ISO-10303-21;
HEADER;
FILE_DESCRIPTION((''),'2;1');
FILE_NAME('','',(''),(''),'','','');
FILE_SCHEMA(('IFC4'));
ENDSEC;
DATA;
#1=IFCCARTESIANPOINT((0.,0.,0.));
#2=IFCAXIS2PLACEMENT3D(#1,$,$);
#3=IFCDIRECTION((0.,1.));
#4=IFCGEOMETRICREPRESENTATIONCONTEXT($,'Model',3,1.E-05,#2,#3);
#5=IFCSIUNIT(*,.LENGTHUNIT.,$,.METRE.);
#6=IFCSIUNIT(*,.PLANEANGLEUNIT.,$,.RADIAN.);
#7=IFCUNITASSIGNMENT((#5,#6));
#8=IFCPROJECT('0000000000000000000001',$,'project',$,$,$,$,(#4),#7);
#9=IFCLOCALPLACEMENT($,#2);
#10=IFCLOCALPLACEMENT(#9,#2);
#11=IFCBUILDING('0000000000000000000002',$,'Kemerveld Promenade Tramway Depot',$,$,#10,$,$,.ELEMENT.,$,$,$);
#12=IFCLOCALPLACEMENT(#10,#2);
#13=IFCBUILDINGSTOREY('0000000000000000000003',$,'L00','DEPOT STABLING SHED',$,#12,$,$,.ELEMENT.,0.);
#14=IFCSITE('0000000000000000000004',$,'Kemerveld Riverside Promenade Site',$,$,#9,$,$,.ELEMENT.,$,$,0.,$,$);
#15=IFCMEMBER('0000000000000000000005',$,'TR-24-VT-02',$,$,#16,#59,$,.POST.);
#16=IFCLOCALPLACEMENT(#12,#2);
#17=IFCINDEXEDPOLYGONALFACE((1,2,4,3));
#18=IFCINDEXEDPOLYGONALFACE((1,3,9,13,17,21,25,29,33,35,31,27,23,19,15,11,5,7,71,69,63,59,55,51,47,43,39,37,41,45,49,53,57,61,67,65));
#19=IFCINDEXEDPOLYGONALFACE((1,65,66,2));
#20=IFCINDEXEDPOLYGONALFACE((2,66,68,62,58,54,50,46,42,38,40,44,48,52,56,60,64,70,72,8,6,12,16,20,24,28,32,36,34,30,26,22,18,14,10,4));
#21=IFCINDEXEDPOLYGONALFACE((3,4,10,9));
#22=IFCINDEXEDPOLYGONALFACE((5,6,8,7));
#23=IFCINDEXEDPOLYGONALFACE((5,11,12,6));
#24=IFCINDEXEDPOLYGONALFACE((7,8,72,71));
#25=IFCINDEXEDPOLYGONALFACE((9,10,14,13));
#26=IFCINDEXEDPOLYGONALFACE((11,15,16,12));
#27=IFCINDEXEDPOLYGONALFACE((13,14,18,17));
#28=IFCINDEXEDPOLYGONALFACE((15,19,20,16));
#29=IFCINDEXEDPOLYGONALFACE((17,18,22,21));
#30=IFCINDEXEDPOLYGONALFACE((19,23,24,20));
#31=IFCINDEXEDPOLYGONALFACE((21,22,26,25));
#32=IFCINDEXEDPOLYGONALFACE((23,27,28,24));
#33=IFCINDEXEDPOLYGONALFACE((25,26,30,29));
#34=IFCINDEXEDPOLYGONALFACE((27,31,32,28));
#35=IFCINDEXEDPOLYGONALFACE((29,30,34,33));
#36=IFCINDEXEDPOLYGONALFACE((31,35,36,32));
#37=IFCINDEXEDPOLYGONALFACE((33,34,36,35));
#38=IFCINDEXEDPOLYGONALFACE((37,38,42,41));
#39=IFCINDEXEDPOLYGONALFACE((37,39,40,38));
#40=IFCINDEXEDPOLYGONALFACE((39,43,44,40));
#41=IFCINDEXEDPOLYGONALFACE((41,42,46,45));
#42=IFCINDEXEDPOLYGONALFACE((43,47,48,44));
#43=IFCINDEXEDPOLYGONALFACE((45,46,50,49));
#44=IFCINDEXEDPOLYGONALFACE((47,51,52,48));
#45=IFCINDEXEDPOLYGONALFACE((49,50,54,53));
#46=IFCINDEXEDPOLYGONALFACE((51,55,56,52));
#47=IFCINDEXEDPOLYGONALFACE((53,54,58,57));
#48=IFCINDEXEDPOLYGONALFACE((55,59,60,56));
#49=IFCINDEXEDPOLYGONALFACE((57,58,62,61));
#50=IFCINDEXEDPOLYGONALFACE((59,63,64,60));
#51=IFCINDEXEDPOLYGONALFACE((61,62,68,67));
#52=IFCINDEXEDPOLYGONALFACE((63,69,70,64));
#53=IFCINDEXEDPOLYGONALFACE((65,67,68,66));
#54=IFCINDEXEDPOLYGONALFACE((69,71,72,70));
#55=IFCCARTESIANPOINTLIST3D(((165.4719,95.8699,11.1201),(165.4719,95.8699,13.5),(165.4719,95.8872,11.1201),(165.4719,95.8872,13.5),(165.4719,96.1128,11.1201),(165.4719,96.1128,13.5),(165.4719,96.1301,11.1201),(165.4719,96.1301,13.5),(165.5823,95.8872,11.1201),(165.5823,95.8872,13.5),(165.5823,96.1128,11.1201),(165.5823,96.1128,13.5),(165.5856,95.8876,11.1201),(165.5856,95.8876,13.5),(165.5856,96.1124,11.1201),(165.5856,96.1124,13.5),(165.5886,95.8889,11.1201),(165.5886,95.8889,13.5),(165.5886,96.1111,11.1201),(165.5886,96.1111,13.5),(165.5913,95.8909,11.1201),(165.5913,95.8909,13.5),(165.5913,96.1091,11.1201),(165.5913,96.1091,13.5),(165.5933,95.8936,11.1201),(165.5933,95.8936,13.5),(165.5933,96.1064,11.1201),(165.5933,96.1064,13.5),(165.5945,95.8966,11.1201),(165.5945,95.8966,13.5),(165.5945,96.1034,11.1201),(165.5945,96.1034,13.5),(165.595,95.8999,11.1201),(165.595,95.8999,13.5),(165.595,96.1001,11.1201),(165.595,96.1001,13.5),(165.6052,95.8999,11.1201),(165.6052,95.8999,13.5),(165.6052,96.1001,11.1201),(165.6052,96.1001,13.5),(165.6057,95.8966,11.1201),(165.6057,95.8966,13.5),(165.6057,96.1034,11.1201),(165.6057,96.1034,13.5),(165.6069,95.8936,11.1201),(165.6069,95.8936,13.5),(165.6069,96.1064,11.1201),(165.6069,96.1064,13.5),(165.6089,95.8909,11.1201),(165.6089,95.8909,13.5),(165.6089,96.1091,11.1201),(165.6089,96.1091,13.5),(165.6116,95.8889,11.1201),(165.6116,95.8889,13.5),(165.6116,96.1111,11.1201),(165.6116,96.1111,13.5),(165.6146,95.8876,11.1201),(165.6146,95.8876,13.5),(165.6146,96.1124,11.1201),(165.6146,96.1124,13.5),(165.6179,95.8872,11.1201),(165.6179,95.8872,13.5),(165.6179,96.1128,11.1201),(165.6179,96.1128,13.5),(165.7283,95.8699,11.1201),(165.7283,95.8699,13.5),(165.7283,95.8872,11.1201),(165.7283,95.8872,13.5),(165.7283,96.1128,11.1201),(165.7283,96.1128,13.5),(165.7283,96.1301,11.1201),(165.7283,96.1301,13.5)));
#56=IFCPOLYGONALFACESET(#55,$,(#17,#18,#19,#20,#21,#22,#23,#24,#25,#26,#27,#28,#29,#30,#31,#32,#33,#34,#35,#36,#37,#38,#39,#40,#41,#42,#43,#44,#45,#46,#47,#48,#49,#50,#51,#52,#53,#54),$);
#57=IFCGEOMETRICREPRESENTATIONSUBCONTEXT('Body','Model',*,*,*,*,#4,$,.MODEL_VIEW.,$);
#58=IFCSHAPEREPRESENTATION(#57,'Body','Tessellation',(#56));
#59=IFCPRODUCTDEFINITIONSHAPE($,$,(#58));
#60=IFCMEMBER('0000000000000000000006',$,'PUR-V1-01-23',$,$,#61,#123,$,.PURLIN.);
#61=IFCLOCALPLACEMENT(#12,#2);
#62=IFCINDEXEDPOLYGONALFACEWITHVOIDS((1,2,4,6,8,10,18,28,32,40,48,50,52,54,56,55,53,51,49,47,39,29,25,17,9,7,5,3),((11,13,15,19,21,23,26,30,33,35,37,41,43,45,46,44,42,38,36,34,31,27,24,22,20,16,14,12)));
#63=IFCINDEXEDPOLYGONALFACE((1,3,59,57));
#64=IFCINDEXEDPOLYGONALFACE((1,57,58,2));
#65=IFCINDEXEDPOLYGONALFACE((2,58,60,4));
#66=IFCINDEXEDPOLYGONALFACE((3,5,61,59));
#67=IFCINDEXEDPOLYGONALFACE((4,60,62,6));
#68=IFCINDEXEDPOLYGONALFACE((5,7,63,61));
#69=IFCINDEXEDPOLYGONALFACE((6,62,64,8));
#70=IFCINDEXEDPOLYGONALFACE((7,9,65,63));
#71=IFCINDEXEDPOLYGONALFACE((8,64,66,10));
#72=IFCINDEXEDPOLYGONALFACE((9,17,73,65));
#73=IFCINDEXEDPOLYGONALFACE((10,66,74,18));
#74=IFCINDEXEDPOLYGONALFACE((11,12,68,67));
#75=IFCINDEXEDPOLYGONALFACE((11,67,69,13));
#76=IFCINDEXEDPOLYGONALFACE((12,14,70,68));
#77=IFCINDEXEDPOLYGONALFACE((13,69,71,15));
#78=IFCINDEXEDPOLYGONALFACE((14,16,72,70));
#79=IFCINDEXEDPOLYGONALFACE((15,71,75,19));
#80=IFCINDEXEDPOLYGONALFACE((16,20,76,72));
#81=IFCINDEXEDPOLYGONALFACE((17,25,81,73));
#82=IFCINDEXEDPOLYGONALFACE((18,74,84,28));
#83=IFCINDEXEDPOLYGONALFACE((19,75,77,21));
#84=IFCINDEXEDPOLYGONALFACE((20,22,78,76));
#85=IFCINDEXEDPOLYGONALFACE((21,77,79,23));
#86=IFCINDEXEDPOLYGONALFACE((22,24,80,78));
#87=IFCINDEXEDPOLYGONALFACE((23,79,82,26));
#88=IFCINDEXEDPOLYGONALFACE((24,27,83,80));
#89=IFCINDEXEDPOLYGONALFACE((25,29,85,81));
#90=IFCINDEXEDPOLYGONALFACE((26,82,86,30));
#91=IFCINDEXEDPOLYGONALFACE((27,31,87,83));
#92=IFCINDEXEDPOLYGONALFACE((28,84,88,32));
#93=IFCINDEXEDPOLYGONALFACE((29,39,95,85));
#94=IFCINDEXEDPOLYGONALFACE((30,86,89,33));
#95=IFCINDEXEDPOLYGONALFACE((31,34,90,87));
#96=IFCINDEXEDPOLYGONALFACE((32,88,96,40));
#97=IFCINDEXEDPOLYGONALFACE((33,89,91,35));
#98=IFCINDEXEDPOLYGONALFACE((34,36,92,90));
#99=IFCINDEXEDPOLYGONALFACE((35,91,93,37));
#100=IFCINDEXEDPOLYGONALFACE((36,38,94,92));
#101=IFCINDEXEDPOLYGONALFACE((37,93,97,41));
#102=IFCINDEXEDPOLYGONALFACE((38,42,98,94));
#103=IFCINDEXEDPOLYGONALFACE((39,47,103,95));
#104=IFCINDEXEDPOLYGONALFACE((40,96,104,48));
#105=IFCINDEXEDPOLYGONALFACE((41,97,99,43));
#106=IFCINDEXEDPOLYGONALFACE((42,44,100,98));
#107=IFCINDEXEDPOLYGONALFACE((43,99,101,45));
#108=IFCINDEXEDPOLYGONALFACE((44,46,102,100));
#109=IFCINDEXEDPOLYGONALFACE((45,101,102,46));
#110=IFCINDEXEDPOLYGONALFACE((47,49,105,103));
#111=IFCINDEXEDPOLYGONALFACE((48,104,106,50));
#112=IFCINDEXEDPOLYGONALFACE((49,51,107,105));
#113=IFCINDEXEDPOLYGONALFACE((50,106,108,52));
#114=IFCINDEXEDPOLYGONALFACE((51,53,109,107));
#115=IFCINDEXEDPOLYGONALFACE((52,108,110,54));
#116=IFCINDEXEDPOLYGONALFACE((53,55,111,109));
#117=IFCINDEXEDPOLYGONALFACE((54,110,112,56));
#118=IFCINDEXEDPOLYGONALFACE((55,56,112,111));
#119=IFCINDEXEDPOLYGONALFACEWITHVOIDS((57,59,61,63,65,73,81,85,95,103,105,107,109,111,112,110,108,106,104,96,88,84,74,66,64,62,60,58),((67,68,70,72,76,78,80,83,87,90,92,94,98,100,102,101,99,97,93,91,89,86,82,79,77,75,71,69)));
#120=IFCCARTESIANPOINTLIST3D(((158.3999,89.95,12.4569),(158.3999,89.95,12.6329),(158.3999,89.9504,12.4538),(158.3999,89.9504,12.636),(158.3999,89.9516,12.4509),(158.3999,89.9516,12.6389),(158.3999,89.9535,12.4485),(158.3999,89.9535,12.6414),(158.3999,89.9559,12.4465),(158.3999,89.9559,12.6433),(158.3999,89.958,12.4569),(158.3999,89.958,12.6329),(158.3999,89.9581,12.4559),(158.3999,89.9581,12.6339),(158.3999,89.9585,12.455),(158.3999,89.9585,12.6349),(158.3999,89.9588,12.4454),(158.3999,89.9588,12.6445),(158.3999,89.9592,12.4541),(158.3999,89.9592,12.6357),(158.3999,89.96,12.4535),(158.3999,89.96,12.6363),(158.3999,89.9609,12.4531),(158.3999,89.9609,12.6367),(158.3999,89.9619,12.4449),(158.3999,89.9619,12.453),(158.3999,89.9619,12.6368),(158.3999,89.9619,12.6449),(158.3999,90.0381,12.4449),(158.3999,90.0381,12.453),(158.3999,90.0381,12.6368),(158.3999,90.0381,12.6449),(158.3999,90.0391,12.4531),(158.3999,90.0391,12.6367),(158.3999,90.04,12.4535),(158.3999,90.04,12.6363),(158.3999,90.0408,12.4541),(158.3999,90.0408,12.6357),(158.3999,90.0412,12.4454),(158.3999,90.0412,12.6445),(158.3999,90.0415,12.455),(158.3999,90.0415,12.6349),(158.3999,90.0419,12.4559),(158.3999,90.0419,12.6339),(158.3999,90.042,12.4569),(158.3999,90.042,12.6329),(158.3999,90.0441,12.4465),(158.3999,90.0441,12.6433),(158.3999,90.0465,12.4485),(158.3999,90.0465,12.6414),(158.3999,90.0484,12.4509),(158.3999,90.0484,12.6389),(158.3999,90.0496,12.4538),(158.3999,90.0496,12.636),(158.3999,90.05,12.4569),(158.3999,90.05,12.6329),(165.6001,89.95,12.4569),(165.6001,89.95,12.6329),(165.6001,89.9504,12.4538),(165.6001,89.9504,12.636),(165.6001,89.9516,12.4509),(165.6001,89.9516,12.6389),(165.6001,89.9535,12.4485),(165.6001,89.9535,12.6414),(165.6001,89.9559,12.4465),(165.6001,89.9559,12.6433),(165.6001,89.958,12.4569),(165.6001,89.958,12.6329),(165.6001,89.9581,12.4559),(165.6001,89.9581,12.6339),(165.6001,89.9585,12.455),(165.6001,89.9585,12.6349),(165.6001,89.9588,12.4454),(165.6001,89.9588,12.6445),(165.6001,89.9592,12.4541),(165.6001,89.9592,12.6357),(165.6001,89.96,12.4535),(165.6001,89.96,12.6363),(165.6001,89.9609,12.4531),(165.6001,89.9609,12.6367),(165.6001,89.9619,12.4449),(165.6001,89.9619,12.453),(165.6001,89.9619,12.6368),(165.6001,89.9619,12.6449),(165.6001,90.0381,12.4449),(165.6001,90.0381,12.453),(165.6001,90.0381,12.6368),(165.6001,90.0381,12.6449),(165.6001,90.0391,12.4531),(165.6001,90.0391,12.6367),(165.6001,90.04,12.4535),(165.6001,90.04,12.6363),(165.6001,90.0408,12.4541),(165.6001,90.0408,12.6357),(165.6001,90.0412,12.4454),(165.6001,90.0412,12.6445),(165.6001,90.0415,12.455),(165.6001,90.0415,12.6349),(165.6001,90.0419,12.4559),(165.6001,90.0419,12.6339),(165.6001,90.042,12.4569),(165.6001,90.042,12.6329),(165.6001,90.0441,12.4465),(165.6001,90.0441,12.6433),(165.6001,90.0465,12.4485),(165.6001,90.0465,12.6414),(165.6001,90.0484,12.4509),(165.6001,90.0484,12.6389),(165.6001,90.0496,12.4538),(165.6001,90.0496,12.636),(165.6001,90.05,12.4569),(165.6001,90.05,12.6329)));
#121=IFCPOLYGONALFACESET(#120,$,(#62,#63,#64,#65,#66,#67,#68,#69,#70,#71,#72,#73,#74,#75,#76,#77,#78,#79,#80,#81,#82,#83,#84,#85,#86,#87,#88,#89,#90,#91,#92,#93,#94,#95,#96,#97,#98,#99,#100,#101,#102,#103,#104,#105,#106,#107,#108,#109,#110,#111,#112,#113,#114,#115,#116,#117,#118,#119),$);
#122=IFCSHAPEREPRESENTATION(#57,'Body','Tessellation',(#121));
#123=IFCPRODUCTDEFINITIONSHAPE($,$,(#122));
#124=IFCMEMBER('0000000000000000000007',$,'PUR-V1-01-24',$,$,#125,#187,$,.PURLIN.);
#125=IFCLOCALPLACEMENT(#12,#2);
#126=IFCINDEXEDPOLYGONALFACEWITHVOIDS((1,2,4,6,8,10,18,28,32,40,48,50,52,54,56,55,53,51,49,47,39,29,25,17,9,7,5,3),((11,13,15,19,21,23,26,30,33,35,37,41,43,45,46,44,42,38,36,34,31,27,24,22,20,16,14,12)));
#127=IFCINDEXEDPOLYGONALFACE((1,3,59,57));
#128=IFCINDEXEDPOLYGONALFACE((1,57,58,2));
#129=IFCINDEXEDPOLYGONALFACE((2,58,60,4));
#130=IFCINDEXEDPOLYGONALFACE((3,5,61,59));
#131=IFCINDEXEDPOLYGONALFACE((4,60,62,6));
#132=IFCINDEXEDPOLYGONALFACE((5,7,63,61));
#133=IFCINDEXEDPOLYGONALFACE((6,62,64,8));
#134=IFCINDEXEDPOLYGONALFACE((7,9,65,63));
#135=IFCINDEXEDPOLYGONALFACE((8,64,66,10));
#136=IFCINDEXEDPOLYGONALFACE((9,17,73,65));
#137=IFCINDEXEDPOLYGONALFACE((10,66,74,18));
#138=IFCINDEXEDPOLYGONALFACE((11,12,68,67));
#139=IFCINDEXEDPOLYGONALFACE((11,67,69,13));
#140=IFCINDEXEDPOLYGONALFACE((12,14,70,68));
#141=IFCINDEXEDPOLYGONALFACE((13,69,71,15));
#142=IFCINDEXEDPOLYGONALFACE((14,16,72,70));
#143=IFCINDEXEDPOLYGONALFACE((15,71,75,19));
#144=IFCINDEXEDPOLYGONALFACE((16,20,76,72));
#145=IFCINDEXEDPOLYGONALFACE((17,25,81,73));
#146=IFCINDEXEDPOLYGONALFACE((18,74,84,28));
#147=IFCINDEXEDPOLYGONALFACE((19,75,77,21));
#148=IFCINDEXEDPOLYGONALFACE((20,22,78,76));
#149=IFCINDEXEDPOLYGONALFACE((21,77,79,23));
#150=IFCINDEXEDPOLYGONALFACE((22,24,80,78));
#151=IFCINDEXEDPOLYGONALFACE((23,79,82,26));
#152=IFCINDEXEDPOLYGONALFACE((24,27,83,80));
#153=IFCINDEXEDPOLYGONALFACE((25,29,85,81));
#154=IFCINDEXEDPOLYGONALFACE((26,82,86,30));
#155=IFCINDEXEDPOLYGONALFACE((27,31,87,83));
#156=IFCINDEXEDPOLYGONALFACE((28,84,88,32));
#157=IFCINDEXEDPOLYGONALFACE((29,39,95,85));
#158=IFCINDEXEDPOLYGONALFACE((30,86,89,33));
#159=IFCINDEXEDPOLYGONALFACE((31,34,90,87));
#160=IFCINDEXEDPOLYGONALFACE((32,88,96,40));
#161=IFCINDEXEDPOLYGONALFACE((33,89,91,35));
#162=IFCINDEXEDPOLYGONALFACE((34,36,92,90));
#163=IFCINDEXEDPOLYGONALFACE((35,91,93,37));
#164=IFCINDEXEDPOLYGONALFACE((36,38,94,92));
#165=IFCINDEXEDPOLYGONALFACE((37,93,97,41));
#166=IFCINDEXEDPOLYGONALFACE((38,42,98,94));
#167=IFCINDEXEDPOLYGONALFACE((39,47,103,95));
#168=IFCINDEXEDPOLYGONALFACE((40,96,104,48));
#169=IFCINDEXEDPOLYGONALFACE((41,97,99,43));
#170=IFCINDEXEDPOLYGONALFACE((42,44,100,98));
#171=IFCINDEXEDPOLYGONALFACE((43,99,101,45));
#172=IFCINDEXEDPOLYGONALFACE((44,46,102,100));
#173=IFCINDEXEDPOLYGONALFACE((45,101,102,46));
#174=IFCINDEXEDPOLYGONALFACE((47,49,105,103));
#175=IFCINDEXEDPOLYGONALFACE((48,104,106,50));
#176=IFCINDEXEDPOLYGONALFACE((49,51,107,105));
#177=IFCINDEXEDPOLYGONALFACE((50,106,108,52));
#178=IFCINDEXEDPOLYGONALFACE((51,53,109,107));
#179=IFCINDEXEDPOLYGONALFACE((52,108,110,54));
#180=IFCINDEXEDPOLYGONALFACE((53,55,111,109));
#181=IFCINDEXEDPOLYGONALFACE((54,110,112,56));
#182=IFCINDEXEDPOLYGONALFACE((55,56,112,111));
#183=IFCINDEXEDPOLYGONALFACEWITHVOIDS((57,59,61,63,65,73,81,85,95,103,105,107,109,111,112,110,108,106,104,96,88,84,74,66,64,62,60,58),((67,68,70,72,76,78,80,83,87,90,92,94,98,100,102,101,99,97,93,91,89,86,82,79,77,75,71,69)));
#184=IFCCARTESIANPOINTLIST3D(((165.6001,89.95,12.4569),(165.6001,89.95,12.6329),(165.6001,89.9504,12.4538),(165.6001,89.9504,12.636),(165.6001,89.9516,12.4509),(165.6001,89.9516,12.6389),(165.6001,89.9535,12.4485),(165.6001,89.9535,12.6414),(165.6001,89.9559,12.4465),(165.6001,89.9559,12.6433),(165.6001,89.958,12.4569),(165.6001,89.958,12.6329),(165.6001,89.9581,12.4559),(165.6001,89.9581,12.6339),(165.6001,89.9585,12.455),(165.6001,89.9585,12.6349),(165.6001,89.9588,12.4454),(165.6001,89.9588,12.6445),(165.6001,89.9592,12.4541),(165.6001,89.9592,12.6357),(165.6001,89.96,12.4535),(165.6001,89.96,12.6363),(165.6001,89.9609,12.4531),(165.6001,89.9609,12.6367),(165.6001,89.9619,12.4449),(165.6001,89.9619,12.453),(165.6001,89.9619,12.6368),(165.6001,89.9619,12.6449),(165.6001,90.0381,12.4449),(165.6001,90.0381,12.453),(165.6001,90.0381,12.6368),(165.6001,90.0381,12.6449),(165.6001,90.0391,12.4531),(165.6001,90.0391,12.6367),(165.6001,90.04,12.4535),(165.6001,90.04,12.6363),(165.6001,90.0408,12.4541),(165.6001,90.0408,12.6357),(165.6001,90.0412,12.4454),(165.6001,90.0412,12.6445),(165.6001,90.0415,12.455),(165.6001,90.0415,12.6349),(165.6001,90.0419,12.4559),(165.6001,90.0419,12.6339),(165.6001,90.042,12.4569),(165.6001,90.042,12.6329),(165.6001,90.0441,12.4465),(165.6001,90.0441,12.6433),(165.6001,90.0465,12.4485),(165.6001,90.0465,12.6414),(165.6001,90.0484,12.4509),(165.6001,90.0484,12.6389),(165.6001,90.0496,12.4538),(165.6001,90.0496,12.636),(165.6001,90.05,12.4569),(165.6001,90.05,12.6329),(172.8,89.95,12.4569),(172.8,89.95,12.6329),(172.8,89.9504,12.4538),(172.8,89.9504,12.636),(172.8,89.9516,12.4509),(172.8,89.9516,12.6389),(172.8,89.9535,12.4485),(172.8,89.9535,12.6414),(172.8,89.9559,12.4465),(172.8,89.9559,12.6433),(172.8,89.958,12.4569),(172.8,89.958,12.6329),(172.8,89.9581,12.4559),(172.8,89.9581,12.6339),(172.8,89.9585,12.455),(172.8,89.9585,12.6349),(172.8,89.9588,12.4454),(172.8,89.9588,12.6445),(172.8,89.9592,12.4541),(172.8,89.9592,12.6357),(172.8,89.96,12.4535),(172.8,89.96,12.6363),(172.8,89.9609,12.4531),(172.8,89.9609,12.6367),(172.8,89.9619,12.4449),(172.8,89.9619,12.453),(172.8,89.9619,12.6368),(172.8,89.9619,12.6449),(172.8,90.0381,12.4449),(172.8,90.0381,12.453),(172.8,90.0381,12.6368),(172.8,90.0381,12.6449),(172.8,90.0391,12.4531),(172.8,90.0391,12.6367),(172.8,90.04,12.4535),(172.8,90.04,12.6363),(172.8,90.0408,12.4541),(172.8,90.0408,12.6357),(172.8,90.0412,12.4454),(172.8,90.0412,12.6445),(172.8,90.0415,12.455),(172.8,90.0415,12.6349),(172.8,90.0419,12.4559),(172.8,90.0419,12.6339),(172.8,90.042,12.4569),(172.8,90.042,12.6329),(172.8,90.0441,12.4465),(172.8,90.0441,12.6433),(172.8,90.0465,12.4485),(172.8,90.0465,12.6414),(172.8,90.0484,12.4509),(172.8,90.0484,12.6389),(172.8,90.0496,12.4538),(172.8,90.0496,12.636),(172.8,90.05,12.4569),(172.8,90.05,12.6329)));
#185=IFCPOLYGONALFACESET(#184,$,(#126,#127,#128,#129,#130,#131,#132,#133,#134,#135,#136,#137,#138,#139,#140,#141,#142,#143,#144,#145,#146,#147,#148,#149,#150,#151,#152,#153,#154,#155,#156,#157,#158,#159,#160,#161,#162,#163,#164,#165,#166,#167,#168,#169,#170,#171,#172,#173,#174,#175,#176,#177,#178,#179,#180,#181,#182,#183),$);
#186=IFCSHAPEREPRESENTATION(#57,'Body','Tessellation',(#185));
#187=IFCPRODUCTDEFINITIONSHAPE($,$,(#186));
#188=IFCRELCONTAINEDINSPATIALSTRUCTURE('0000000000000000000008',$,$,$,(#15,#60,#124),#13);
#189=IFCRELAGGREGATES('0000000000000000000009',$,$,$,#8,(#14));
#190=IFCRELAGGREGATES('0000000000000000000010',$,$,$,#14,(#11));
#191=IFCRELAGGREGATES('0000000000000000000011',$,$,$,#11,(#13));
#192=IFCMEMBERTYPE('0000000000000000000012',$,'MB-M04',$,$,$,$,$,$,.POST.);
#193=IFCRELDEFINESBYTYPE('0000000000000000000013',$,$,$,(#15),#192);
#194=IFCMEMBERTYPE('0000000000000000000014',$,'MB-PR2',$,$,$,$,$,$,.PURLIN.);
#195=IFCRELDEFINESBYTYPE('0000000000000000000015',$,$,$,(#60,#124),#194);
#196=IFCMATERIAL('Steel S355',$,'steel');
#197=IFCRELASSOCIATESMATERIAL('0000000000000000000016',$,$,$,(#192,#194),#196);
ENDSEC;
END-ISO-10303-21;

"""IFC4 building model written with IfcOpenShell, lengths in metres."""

from ifc_helpers import new_model, si_unit, direction, frame, origin, origin_2d, place, context, subcontext, project, spatial, hollow_rectangle, i_section, extrude, material, material_profile, profile_set, type_object, element, save


model = new_model("IFC4")

# Units and contexts
model_context = context("Model", 3, precision=1e-05, world=origin(), true_north=direction((0.0, 1.0)))
body_context = subcontext(model_context, "Body", "Model", "MODEL_VIEW")
ifc_project = project(units=[si_unit("LENGTHUNIT", "METRE"), si_unit("PLANEANGLEUNIT", "RADIAN")], contexts=[model_context])

# Site, building, storey
site_placement = place(None, origin())
site = spatial("IfcSite", under=ifc_project, at=site_placement, Name="Kemerveld Riverside Promenade Site", CompositionType="ELEMENT", RefElevation=0.0)
building_placement = place(site_placement, origin())
building = spatial("IfcBuilding", under=site, at=building_placement, Name="Kemerveld Promenade Tramway Depot", CompositionType="ELEMENT")
storey_placement = place(building_placement, origin())
storey = spatial("IfcBuildingStorey", under=building, at=storey_placement, Name="L00", Description="DEPOT STABLING SHED", CompositionType="ELEMENT", Elevation=0.0)

# Members
ifc_material_1 = material(Name="Steel S355", Category="steel")
ifc_material_profile_1 = material_profile(ifc_material_1, i_section(OverallWidth=0.2563, OverallDepth=0.2603, WebThickness=0.0103, FlangeThickness=0.0173, FilletRadius=0.0127, at=origin_2d()), Name="254x254x89 UC")
ifc_profile_set_1 = profile_set([ifc_material_profile_1], Name="Steel S355")
member_type_1 = type_object("IfcMemberType", Name="MB-M04", PredefinedType="POST", material=ifc_profile_set_1)
member_1_placement = place(storey_placement, frame((165.6001, 96.0, 11.1201), z_axis=(0.0, 0.0, 1.0), x_axis=(1.0, 0.0, 0.0)))
element("IfcMember", 1, at=member_1_placement, inside=storey, type_object=member_type_1, Name="TR-24-VT-02", PredefinedType="POST", context=body_context, shape_type="SweptSolid", body=[
    extrude(i_section(OverallWidth=0.2563, OverallDepth=0.2603, WebThickness=0.0103, FlangeThickness=0.0173, FilletRadius=0.0127, at=origin_2d()), origin(), (0.0, 0.0, 1.0), 2.3799),
])
ifc_material_profile_2 = material_profile(ifc_material_1, hollow_rectangle(XDim=0.1001, YDim=0.2, WallThickness=0.0081, InnerFilletRadius=0.0039, OuterFilletRadius=0.012, at=origin_2d()), Name="200x100x8.0 RHS")
ifc_profile_set_2 = profile_set([ifc_material_profile_2], Name="Steel S355")
member_type_2 = type_object("IfcMemberType", Name="MB-PR2", PredefinedType="PURLIN", material=ifc_profile_set_2)
member_2_placement = place(storey_placement, frame((158.3999, 90.0, 12.5449), z_axis=(1.0, 0.0, 0.0), x_axis=(0.0, 1.0, 0.0)))
element("IfcMember", 2, at=member_2_placement, inside=storey, type_object=member_type_2, Name="PUR-V1-01-23", PredefinedType="PURLIN", context=body_context, shape_type="SweptSolid", body=[
    extrude(hollow_rectangle(XDim=0.1001, YDim=0.2, WallThickness=0.0081, InnerFilletRadius=0.0039, OuterFilletRadius=0.012, at=origin_2d()), origin(), (0.0, 0.0, 1.0), 7.2002),
])
member_3_placement = place(storey_placement, frame((165.6001, 90.0, 12.5449), z_axis=(1.0, 0.0, 0.0), x_axis=(0.0, 1.0, 0.0)))
element("IfcMember", 3, at=member_3_placement, inside=storey, type_object=member_type_2, Name="PUR-V1-01-24", PredefinedType="PURLIN", context=body_context, shape_type="SweptSolid", body=[
    extrude(hollow_rectangle(XDim=0.1001, YDim=0.2, WallThickness=0.0081, InnerFilletRadius=0.0039, OuterFilletRadius=0.012, at=origin_2d()), origin(), (0.0, 0.0, 1.0), 7.2),
])

save(model, "model.ifc")
